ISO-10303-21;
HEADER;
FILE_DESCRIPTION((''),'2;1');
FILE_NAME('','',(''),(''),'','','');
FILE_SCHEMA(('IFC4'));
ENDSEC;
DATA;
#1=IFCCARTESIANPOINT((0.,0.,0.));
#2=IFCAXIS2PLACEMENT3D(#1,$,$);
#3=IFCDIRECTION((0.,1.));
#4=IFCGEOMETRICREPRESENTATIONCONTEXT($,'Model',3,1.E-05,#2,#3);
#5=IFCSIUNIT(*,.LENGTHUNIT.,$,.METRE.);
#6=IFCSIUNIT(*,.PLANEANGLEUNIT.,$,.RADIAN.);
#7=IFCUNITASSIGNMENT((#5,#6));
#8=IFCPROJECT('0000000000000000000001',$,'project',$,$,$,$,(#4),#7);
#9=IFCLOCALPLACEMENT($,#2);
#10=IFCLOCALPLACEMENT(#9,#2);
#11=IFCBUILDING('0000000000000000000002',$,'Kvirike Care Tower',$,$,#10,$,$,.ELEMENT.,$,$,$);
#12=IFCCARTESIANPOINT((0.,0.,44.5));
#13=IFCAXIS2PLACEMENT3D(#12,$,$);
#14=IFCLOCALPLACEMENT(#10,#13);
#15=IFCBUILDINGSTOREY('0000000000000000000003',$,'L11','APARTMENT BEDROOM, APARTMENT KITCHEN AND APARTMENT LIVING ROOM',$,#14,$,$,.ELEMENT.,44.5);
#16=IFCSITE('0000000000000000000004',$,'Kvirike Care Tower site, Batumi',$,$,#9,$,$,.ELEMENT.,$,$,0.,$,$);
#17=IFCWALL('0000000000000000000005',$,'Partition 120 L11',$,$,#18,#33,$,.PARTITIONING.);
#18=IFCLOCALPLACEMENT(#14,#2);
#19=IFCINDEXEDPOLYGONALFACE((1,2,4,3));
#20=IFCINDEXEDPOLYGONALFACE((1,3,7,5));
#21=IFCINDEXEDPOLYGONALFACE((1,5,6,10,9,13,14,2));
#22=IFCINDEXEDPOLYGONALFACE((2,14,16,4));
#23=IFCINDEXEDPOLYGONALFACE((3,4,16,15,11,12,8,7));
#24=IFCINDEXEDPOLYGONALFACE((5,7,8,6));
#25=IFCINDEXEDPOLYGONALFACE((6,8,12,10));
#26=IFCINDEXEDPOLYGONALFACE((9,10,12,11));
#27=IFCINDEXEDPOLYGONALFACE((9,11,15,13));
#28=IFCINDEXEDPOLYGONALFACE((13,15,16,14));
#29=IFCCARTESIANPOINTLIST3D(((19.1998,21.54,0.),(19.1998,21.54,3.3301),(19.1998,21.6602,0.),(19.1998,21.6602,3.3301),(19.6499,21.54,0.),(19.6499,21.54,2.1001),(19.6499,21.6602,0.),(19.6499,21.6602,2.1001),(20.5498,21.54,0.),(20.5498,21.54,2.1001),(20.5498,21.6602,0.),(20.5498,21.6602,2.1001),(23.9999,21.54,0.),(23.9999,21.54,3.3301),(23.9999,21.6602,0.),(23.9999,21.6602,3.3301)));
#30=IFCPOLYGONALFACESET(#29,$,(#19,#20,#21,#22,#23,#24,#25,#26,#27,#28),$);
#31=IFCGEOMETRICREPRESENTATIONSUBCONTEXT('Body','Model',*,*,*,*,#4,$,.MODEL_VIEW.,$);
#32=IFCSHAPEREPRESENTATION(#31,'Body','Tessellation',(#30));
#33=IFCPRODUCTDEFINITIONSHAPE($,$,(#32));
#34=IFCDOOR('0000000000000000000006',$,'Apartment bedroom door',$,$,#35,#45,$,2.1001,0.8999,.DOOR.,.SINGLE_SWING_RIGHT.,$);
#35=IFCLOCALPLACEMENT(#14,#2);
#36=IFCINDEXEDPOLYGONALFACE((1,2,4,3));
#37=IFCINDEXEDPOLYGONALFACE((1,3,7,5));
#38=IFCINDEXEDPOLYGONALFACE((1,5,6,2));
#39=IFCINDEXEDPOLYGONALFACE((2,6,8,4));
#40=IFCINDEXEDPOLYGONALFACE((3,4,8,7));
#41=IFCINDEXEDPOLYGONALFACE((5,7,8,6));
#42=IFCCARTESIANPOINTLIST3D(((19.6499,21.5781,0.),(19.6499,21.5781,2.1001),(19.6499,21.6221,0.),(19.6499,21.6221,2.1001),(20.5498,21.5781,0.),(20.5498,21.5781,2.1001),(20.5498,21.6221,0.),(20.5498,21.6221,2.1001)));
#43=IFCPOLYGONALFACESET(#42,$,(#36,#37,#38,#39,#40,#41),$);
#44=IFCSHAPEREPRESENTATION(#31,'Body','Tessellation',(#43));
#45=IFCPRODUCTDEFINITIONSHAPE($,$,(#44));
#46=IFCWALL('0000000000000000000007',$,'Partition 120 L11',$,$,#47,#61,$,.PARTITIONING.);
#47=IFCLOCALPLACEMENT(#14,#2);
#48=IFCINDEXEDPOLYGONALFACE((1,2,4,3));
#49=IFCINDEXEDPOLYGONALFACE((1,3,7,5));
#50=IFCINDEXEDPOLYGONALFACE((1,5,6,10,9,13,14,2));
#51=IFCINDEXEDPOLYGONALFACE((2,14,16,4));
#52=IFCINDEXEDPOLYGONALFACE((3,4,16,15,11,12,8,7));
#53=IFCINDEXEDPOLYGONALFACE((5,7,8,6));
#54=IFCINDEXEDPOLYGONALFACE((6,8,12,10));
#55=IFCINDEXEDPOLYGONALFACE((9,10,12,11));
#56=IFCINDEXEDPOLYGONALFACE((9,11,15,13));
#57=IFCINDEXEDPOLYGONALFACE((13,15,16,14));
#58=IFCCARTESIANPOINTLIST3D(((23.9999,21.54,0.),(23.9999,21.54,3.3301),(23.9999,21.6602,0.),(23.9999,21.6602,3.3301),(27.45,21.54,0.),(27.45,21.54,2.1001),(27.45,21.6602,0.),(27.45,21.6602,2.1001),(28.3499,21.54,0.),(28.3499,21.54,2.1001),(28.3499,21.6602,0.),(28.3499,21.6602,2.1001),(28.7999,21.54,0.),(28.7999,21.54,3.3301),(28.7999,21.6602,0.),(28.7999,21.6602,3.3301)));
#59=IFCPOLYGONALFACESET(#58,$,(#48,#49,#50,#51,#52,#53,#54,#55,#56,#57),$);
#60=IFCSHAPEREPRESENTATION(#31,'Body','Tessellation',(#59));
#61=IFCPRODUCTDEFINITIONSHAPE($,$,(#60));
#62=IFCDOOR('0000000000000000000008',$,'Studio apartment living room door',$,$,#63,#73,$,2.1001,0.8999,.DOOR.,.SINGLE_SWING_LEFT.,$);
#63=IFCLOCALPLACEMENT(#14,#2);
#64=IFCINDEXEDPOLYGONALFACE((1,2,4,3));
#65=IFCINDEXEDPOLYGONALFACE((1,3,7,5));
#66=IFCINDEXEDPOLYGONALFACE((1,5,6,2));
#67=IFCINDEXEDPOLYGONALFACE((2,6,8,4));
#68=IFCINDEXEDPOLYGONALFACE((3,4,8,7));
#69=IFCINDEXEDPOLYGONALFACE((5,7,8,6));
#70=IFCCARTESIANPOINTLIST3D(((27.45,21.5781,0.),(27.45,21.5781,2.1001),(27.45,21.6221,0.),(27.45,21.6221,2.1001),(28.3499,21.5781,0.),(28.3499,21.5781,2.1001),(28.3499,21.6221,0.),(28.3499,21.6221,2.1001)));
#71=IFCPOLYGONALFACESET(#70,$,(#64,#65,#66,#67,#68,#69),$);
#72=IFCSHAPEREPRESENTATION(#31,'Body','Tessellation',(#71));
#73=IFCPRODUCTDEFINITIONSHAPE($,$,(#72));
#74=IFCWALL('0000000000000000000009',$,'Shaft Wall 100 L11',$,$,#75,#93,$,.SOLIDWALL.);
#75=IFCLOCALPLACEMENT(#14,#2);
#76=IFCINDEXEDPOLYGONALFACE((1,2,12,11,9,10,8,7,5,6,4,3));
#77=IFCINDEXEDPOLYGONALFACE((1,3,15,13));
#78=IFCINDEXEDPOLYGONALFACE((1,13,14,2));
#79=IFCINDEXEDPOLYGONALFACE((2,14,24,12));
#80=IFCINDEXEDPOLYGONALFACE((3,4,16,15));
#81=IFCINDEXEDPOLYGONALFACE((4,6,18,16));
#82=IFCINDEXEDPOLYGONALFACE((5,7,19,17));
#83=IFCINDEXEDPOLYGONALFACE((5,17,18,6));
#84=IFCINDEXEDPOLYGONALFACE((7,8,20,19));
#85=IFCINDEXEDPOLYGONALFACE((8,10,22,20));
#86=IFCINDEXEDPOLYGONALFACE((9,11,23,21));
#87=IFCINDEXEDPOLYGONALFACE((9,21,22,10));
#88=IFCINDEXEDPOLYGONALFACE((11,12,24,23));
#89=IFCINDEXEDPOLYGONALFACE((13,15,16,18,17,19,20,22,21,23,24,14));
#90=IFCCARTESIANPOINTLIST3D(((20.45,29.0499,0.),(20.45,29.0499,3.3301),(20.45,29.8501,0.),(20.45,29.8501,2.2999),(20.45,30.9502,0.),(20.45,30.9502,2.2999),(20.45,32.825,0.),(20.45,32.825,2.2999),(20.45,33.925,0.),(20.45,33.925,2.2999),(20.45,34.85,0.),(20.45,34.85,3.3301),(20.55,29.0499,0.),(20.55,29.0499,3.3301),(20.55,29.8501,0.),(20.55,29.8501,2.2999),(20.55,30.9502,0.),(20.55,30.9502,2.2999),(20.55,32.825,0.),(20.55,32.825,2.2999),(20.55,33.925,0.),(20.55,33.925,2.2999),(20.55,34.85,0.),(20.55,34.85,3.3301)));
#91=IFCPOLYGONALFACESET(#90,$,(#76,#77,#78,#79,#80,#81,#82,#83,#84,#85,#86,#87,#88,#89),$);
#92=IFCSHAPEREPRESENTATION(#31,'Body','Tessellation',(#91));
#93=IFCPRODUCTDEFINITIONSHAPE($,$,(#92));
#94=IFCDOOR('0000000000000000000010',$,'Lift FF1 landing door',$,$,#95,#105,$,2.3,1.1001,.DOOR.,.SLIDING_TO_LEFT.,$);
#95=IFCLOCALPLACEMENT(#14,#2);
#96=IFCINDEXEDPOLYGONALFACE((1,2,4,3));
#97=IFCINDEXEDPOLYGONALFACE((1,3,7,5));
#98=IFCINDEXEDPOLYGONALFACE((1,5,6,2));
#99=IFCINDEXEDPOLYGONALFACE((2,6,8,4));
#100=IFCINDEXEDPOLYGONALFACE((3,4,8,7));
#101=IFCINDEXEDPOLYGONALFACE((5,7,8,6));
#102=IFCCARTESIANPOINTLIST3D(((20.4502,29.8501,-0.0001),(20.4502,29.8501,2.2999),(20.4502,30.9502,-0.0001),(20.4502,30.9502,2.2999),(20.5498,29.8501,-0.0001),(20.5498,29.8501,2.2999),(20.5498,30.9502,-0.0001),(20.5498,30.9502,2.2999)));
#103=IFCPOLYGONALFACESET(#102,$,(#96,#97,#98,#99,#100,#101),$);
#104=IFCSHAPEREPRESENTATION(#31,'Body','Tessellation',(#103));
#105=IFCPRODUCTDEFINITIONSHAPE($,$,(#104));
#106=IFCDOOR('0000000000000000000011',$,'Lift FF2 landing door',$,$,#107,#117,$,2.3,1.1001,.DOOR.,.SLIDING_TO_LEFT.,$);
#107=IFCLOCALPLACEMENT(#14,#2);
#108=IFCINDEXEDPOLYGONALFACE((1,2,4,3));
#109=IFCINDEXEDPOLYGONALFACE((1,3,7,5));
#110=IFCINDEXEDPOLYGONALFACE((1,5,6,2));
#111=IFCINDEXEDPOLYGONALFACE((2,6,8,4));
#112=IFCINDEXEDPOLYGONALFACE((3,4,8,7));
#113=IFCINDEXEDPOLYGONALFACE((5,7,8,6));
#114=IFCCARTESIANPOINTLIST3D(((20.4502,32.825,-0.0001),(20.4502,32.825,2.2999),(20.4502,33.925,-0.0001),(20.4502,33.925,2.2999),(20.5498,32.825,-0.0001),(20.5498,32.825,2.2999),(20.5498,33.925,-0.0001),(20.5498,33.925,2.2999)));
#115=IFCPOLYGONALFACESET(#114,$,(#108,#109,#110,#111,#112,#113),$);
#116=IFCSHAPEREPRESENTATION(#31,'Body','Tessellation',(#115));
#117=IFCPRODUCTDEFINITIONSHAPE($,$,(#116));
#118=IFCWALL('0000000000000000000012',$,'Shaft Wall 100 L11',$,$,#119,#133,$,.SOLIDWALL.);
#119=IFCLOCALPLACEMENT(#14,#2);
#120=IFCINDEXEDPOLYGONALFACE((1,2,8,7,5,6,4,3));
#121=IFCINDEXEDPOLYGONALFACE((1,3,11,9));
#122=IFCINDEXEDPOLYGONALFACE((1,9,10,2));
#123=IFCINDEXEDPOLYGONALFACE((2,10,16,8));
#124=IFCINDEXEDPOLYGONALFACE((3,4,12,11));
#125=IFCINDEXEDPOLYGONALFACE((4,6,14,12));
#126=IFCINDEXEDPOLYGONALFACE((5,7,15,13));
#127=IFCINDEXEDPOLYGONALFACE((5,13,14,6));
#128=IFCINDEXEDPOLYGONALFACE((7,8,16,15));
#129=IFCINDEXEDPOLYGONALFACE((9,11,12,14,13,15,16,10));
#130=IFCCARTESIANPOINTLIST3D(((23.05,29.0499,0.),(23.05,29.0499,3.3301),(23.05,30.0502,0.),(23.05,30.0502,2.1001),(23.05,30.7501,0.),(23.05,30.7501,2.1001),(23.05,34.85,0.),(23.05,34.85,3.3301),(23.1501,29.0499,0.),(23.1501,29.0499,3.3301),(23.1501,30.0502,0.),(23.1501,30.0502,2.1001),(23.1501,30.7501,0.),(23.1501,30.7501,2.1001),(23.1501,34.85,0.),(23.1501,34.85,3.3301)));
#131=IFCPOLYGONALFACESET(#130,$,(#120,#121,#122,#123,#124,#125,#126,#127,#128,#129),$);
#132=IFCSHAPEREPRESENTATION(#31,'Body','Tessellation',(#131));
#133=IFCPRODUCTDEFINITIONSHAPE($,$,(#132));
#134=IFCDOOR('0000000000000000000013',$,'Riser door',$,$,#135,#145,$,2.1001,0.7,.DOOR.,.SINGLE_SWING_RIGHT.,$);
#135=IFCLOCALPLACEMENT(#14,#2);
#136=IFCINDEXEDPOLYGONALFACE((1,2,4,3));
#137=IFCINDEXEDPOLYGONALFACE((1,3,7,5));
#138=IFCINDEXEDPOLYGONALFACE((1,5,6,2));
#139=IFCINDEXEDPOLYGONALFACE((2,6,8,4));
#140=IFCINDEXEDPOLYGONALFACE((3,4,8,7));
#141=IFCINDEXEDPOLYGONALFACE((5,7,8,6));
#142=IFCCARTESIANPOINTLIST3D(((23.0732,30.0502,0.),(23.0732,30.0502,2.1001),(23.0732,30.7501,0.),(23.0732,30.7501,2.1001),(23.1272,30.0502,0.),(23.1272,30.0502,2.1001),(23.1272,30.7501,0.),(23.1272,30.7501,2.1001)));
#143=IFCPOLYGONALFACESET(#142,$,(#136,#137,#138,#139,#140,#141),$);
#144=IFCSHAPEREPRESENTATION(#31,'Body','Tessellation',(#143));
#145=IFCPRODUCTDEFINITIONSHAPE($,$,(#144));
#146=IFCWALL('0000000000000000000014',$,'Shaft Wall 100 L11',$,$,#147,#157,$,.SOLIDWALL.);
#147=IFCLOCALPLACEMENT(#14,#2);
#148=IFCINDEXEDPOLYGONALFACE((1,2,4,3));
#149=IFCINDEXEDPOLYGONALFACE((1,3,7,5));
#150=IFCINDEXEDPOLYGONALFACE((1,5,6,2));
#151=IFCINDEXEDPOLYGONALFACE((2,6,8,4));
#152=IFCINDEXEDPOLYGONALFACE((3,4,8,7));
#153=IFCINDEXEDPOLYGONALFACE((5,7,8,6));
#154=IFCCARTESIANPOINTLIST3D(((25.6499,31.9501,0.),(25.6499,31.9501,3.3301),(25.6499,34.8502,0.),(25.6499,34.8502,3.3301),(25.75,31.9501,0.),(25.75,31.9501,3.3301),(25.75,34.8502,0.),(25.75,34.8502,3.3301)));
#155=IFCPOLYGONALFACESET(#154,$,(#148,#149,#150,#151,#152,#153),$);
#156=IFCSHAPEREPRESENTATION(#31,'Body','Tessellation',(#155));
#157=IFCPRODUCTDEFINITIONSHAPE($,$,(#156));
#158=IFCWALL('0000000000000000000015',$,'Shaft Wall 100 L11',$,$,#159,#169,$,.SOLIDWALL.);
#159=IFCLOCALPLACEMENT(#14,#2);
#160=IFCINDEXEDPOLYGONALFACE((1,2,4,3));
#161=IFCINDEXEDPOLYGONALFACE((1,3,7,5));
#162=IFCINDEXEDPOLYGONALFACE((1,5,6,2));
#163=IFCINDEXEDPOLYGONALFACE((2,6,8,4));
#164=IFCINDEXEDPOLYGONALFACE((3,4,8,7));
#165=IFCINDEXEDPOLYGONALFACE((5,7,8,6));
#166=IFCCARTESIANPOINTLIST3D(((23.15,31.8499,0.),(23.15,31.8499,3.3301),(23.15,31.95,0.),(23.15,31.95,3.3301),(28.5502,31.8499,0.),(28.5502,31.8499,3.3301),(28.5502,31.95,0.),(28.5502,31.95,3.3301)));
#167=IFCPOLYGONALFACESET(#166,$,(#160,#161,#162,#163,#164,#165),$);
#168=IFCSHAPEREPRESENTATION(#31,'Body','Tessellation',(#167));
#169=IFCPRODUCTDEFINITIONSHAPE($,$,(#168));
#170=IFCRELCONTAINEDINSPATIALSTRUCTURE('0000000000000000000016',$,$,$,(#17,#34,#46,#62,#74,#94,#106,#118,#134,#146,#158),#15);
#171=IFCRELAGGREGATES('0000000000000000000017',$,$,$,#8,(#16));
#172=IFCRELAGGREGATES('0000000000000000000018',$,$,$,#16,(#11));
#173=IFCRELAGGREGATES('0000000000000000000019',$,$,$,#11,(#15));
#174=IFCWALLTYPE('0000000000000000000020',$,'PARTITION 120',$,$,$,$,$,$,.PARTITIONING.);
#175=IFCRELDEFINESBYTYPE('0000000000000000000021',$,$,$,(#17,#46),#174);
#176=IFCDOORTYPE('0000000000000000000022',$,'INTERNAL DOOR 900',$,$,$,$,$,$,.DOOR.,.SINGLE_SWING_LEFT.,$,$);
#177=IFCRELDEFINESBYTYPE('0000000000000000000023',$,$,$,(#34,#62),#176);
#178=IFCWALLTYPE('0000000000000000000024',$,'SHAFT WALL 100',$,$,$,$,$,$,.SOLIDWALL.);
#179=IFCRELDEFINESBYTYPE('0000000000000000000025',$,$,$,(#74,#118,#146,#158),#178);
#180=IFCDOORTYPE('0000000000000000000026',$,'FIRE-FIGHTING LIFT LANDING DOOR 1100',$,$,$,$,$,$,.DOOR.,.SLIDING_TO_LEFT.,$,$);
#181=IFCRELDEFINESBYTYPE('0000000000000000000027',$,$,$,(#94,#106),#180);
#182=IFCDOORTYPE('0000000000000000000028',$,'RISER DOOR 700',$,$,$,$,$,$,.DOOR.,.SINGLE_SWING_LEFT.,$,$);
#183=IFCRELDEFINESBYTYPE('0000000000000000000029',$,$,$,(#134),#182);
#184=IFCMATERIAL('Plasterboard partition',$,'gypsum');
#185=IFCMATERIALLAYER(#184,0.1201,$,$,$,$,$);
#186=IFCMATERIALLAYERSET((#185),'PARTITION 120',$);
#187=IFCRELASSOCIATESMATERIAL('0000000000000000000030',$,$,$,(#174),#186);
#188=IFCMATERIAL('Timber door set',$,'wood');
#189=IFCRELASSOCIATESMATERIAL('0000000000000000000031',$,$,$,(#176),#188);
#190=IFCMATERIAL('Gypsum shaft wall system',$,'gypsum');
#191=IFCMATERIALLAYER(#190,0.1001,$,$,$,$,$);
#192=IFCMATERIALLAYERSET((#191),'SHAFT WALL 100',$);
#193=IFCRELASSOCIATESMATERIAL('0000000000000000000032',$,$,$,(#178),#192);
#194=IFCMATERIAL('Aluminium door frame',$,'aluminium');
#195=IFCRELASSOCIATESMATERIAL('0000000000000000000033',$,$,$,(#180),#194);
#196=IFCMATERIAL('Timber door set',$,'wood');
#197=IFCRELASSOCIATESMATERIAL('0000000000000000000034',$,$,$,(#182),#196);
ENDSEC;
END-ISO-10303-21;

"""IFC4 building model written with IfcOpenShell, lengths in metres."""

from ifc_helpers import new_model, si_unit, direction, frame, frame_2d, origin, place, context, subcontext, project, spatial, rectangle, extrude, material, layer, layer_set, type_object, element, fill, save


model = new_model("IFC4")

# Units and contexts
model_context = context("Model", 3, precision=1e-05, world=origin(), true_north=direction((0.0, 1.0)))
body_context = subcontext(model_context, "Body", "Model", "MODEL_VIEW")
ifc_project = project(units=[si_unit("LENGTHUNIT", "METRE"), si_unit("PLANEANGLEUNIT", "RADIAN")], contexts=[model_context])

# Site, building, storey
site_placement = place(None, origin())
site = spatial("IfcSite", under=ifc_project, at=site_placement, Name="Kvirike Care Tower site, Batumi", CompositionType="ELEMENT", RefElevation=0.0)
building_placement = place(site_placement, origin())
building = spatial("IfcBuilding", under=site, at=building_placement, Name="Kvirike Care Tower", CompositionType="ELEMENT")
storey_placement = place(building_placement, frame((0.0, 0.0, 44.5)))
storey = spatial("IfcBuildingStorey", under=building, at=storey_placement, Name="L11", Description="APARTMENT BEDROOM, APARTMENT KITCHEN AND APARTMENT LIVING ROOM", CompositionType="ELEMENT", Elevation=44.5)

# Walls, openings, doors
ifc_material_1 = material(Name="Plasterboard partition", Category="gypsum")
ifc_layer_1 = layer(ifc_material_1, 0.1201)
ifc_layer_set_1 = layer_set([ifc_layer_1], Name="PARTITION 120")
wall_type_1 = type_object("IfcWallType", Name="PARTITION 120", PredefinedType="PARTITIONING", material=ifc_layer_set_1)
ifc_material_2 = material(Name="Timber door set", Category="wood")
door_type_1 = type_object("IfcDoorType", Name="INTERNAL DOOR 900", OperationType="SINGLE_SWING_LEFT", PredefinedType="DOOR", material=ifc_material_2)
wall_1_placement = place(storey_placement, frame((19.2, 21.6001, 0.0), z_axis=(0.0, 0.0, 1.0), x_axis=(1.0, 0.0, 0.0)))
wall_1 = element("IfcWall", 1, at=wall_1_placement, inside=storey, type_object=wall_type_1, Name="Partition 120 L11", PredefinedType="PARTITIONING", context=body_context, shape_type="SweptSolid", body=[
    extrude(rectangle(XDim=4.8, YDim=0.1201, at=frame_2d((2.3999, 0.0))), origin(), (0.0, 0.0, 1.0), 3.3301),
])
opening_1_placement = place(wall_1_placement, frame((0.45, 0.0, 0.0)))
opening_1 = element("IfcOpeningElement", 2, at=opening_1_placement, cuts=wall_1, PredefinedType="OPENING", context=body_context, shape_type="SweptSolid", body=[
    extrude(rectangle(XDim=0.8999, YDim=2.1001, at=frame_2d((0.45, 1.05))), frame((0.0, 0.0706, 0.0), z_axis=(0.0, -1.0, 0.0), x_axis=(1.0, 0.0, 0.0)), (0.0, 0.0, 1.0), 0.1411),
])
door_1_placement = place(opening_1_placement, origin())
door_1 = element("IfcDoor", 3, at=door_1_placement, inside=storey, type_object=door_type_1, Name="Apartment bedroom door", OperationType="SINGLE_SWING_RIGHT", OverallHeight=2.1001, OverallWidth=0.8999, PredefinedType="DOOR", context=body_context, shape_type="SweptSolid", body=[
    extrude(rectangle(XDim=0.8999, YDim=2.1001, at=frame_2d((0.45, 1.05))), frame((0.0, 0.022, 0.0), z_axis=(0.0, -1.0, 0.0), x_axis=(1.0, 0.0, 0.0)), (0.0, 0.0, 1.0), 0.0439),
])
fill(opening_1, door_1)
wall_2_placement = place(storey_placement, frame((24.0, 21.6001, 0.0), z_axis=(0.0, 0.0, 1.0), x_axis=(1.0, 0.0, 0.0)))
wall_2 = element("IfcWall", 4, at=wall_2_placement, inside=storey, type_object=wall_type_1, Name="Partition 120 L11", PredefinedType="PARTITIONING", context=body_context, shape_type="SweptSolid", body=[
    extrude(rectangle(XDim=4.8, YDim=0.1201, at=frame_2d((2.3999, 0.0))), origin(), (0.0, 0.0, 1.0), 3.3301),
])
opening_2_placement = place(wall_2_placement, frame((3.45, 0.0, 0.0)))
opening_2 = element("IfcOpeningElement", 5, at=opening_2_placement, cuts=wall_2, PredefinedType="OPENING", context=body_context, shape_type="SweptSolid", body=[
    extrude(rectangle(XDim=0.8999, YDim=2.1001, at=frame_2d((0.45, 1.05))), frame((0.0, 0.0706, 0.0), z_axis=(0.0, -1.0, 0.0), x_axis=(1.0, 0.0, 0.0)), (0.0, 0.0, 1.0), 0.1411),
])
door_2_placement = place(opening_2_placement, origin())
door_2 = element("IfcDoor", 6, at=door_2_placement, inside=storey, type_object=door_type_1, Name="Studio apartment living room door", OperationType="SINGLE_SWING_LEFT", OverallHeight=2.1001, OverallWidth=0.8999, PredefinedType="DOOR", context=body_context, shape_type="SweptSolid", body=[
    extrude(rectangle(XDim=0.8999, YDim=2.1001, at=frame_2d((0.45, 1.05))), frame((0.0, 0.022, 0.0), z_axis=(0.0, -1.0, 0.0), x_axis=(1.0, 0.0, 0.0)), (0.0, 0.0, 1.0), 0.0439),
])
fill(opening_2, door_2)

# Wall, openings, doors
ifc_material_3 = material(Name="Gypsum shaft wall system", Category="gypsum")
ifc_layer_2 = layer(ifc_material_3, 0.1001)
ifc_layer_set_2 = layer_set([ifc_layer_2], Name="SHAFT WALL 100")
wall_type_2 = type_object("IfcWallType", Name="SHAFT WALL 100", PredefinedType="SOLIDWALL", material=ifc_layer_set_2)
wall_3_placement = place(storey_placement, frame((20.5, 29.05, 0.0), z_axis=(0.0, 0.0, 1.0), x_axis=(0.0, 1.0, 0.0)))
wall_3 = element("IfcWall", 7, at=wall_3_placement, inside=storey, type_object=wall_type_2, Name="Shaft Wall 100 L11", PredefinedType="SOLIDWALL", context=body_context, shape_type="SweptSolid", body=[
    extrude(rectangle(XDim=5.8, YDim=0.1001, at=frame_2d((2.8999, 0.0))), origin(), (0.0, 0.0, 1.0), 3.3301),
])
opening_3_placement = place(wall_3_placement, frame((0.8, 0.0, 0.0)))
opening_3 = element("IfcOpeningElement", 8, at=opening_3_placement, cuts=wall_3, PredefinedType="OPENING", context=body_context, shape_type="SweptSolid", body=[
    extrude(rectangle(XDim=1.1001, YDim=2.3, at=frame_2d((0.55, 1.1499))), frame((0.0, 0.0605, 0.0), z_axis=(0.0, -1.0, 0.0), x_axis=(1.0, 0.0, 0.0)), (0.0, 0.0, 1.0), 0.1211),
])
opening_4_placement = place(wall_3_placement, frame((3.7749, 0.0, 0.0)))
opening_4 = element("IfcOpeningElement", 9, at=opening_4_placement, cuts=wall_3, PredefinedType="OPENING", context=body_context, shape_type="SweptSolid", body=[
    extrude(rectangle(XDim=1.1001, YDim=2.3, at=frame_2d((0.55, 1.1499))), frame((0.0, 0.0605, 0.0), z_axis=(0.0, -1.0, 0.0), x_axis=(1.0, 0.0, 0.0)), (0.0, 0.0, 1.0), 0.1211),
])
ifc_material_4 = material(Name="Aluminium door frame", Category="aluminium")
door_type_2 = type_object("IfcDoorType", Name="FIRE-FIGHTING LIFT LANDING DOOR 1100", OperationType="SLIDING_TO_LEFT", PredefinedType="DOOR", material=ifc_material_4)
door_3_placement = place(opening_3_placement, origin())
door_3 = element("IfcDoor", 10, at=door_3_placement, inside=storey, type_object=door_type_2, Name="Lift FF1 landing door", OperationType="SLIDING_TO_LEFT", OverallHeight=2.3, OverallWidth=1.1001, PredefinedType="DOOR", context=body_context, shape_type="SweptSolid", body=[
    extrude(rectangle(XDim=1.1001, YDim=2.3, at=frame_2d((0.55, 1.1499))), frame((0.0, 0.0498, 0.0), z_axis=(0.0, -1.0, 0.0), x_axis=(1.0, 0.0, 0.0)), (0.0, 0.0, 1.0), 0.0996),
])
fill(opening_3, door_3)
door_4_placement = place(opening_4_placement, origin())
door_4 = element("IfcDoor", 11, at=door_4_placement, inside=storey, type_object=door_type_2, Name="Lift FF2 landing door", OperationType="SLIDING_TO_LEFT", OverallHeight=2.3, OverallWidth=1.1001, PredefinedType="DOOR", context=body_context, shape_type="SweptSolid", body=[
    extrude(rectangle(XDim=1.1001, YDim=2.3, at=frame_2d((0.55, 1.1499))), frame((0.0, 0.0498, 0.0), z_axis=(0.0, -1.0, 0.0), x_axis=(1.0, 0.0, 0.0)), (0.0, 0.0, 1.0), 0.0996),
])
fill(opening_4, door_4)

# Wall, opening, door
wall_4_placement = place(storey_placement, frame((23.1001, 29.05, 0.0), z_axis=(0.0, 0.0, 1.0), x_axis=(0.0, 1.0, 0.0)))
wall_4 = element("IfcWall", 12, at=wall_4_placement, inside=storey, type_object=wall_type_2, Name="Shaft Wall 100 L11", PredefinedType="SOLIDWALL", context=body_context, shape_type="SweptSolid", body=[
    extrude(rectangle(XDim=5.8, YDim=0.1001, at=frame_2d((2.8999, 0.0))), origin(), (0.0, 0.0, 1.0), 3.3301),
])
opening_5_placement = place(wall_4_placement, frame((1.0, 0.0, 0.0)))
opening_5 = element("IfcOpeningElement", 13, at=opening_5_placement, cuts=wall_4, PredefinedType="OPENING", context=body_context, shape_type="SweptSolid", body=[
    extrude(rectangle(XDim=0.7, YDim=2.1001, at=frame_2d((0.3501, 1.05))), frame((0.0, 0.0605, 0.0), z_axis=(0.0, -1.0, 0.0), x_axis=(1.0, 0.0, 0.0)), (0.0, 0.0, 1.0), 0.1211),
])
ifc_material_5 = material(Name="Timber door set", Category="wood")
door_type_3 = type_object("IfcDoorType", Name="RISER DOOR 700", OperationType="SINGLE_SWING_LEFT", PredefinedType="DOOR", material=ifc_material_5)
door_5_placement = place(opening_5_placement, origin())
door_5 = element("IfcDoor", 14, at=door_5_placement, inside=storey, type_object=door_type_3, Name="Riser door", OperationType="SINGLE_SWING_RIGHT", OverallHeight=2.1001, OverallWidth=0.7, PredefinedType="DOOR", context=body_context, shape_type="SweptSolid", body=[
    extrude(rectangle(XDim=0.7, YDim=2.1001, at=frame_2d((0.3501, 1.05))), frame((0.0, 0.0269, 0.0), z_axis=(0.0, -1.0, 0.0), x_axis=(1.0, 0.0, 0.0)), (0.0, 0.0, 1.0), 0.054),
])
fill(opening_5, door_5)

# Walls
wall_5_placement = place(storey_placement, frame((25.7, 31.95, 0.0), z_axis=(0.0, 0.0, 1.0), x_axis=(0.0, 1.0, 0.0)))
element("IfcWall", 15, at=wall_5_placement, inside=storey, type_object=wall_type_2, Name="Shaft Wall 100 L11", PredefinedType="SOLIDWALL", context=body_context, shape_type="SweptSolid", body=[
    extrude(rectangle(XDim=2.9001, YDim=0.1001, at=frame_2d((1.4502, 0.0))), origin(), (0.0, 0.0, 1.0), 3.3301),
])
wall_6_placement = place(storey_placement, frame((23.1499, 31.8999, 0.0), z_axis=(0.0, 0.0, 1.0), x_axis=(1.0, 0.0, 0.0)))
element("IfcWall", 16, at=wall_6_placement, inside=storey, type_object=wall_type_2, Name="Shaft Wall 100 L11", PredefinedType="SOLIDWALL", context=body_context, shape_type="SweptSolid", body=[
    extrude(rectangle(XDim=5.4001, YDim=0.1001, at=frame_2d((2.7002, 0.0))), origin(), (0.0, 0.0, 1.0), 3.3301),
])

save(model, "model.ifc")
